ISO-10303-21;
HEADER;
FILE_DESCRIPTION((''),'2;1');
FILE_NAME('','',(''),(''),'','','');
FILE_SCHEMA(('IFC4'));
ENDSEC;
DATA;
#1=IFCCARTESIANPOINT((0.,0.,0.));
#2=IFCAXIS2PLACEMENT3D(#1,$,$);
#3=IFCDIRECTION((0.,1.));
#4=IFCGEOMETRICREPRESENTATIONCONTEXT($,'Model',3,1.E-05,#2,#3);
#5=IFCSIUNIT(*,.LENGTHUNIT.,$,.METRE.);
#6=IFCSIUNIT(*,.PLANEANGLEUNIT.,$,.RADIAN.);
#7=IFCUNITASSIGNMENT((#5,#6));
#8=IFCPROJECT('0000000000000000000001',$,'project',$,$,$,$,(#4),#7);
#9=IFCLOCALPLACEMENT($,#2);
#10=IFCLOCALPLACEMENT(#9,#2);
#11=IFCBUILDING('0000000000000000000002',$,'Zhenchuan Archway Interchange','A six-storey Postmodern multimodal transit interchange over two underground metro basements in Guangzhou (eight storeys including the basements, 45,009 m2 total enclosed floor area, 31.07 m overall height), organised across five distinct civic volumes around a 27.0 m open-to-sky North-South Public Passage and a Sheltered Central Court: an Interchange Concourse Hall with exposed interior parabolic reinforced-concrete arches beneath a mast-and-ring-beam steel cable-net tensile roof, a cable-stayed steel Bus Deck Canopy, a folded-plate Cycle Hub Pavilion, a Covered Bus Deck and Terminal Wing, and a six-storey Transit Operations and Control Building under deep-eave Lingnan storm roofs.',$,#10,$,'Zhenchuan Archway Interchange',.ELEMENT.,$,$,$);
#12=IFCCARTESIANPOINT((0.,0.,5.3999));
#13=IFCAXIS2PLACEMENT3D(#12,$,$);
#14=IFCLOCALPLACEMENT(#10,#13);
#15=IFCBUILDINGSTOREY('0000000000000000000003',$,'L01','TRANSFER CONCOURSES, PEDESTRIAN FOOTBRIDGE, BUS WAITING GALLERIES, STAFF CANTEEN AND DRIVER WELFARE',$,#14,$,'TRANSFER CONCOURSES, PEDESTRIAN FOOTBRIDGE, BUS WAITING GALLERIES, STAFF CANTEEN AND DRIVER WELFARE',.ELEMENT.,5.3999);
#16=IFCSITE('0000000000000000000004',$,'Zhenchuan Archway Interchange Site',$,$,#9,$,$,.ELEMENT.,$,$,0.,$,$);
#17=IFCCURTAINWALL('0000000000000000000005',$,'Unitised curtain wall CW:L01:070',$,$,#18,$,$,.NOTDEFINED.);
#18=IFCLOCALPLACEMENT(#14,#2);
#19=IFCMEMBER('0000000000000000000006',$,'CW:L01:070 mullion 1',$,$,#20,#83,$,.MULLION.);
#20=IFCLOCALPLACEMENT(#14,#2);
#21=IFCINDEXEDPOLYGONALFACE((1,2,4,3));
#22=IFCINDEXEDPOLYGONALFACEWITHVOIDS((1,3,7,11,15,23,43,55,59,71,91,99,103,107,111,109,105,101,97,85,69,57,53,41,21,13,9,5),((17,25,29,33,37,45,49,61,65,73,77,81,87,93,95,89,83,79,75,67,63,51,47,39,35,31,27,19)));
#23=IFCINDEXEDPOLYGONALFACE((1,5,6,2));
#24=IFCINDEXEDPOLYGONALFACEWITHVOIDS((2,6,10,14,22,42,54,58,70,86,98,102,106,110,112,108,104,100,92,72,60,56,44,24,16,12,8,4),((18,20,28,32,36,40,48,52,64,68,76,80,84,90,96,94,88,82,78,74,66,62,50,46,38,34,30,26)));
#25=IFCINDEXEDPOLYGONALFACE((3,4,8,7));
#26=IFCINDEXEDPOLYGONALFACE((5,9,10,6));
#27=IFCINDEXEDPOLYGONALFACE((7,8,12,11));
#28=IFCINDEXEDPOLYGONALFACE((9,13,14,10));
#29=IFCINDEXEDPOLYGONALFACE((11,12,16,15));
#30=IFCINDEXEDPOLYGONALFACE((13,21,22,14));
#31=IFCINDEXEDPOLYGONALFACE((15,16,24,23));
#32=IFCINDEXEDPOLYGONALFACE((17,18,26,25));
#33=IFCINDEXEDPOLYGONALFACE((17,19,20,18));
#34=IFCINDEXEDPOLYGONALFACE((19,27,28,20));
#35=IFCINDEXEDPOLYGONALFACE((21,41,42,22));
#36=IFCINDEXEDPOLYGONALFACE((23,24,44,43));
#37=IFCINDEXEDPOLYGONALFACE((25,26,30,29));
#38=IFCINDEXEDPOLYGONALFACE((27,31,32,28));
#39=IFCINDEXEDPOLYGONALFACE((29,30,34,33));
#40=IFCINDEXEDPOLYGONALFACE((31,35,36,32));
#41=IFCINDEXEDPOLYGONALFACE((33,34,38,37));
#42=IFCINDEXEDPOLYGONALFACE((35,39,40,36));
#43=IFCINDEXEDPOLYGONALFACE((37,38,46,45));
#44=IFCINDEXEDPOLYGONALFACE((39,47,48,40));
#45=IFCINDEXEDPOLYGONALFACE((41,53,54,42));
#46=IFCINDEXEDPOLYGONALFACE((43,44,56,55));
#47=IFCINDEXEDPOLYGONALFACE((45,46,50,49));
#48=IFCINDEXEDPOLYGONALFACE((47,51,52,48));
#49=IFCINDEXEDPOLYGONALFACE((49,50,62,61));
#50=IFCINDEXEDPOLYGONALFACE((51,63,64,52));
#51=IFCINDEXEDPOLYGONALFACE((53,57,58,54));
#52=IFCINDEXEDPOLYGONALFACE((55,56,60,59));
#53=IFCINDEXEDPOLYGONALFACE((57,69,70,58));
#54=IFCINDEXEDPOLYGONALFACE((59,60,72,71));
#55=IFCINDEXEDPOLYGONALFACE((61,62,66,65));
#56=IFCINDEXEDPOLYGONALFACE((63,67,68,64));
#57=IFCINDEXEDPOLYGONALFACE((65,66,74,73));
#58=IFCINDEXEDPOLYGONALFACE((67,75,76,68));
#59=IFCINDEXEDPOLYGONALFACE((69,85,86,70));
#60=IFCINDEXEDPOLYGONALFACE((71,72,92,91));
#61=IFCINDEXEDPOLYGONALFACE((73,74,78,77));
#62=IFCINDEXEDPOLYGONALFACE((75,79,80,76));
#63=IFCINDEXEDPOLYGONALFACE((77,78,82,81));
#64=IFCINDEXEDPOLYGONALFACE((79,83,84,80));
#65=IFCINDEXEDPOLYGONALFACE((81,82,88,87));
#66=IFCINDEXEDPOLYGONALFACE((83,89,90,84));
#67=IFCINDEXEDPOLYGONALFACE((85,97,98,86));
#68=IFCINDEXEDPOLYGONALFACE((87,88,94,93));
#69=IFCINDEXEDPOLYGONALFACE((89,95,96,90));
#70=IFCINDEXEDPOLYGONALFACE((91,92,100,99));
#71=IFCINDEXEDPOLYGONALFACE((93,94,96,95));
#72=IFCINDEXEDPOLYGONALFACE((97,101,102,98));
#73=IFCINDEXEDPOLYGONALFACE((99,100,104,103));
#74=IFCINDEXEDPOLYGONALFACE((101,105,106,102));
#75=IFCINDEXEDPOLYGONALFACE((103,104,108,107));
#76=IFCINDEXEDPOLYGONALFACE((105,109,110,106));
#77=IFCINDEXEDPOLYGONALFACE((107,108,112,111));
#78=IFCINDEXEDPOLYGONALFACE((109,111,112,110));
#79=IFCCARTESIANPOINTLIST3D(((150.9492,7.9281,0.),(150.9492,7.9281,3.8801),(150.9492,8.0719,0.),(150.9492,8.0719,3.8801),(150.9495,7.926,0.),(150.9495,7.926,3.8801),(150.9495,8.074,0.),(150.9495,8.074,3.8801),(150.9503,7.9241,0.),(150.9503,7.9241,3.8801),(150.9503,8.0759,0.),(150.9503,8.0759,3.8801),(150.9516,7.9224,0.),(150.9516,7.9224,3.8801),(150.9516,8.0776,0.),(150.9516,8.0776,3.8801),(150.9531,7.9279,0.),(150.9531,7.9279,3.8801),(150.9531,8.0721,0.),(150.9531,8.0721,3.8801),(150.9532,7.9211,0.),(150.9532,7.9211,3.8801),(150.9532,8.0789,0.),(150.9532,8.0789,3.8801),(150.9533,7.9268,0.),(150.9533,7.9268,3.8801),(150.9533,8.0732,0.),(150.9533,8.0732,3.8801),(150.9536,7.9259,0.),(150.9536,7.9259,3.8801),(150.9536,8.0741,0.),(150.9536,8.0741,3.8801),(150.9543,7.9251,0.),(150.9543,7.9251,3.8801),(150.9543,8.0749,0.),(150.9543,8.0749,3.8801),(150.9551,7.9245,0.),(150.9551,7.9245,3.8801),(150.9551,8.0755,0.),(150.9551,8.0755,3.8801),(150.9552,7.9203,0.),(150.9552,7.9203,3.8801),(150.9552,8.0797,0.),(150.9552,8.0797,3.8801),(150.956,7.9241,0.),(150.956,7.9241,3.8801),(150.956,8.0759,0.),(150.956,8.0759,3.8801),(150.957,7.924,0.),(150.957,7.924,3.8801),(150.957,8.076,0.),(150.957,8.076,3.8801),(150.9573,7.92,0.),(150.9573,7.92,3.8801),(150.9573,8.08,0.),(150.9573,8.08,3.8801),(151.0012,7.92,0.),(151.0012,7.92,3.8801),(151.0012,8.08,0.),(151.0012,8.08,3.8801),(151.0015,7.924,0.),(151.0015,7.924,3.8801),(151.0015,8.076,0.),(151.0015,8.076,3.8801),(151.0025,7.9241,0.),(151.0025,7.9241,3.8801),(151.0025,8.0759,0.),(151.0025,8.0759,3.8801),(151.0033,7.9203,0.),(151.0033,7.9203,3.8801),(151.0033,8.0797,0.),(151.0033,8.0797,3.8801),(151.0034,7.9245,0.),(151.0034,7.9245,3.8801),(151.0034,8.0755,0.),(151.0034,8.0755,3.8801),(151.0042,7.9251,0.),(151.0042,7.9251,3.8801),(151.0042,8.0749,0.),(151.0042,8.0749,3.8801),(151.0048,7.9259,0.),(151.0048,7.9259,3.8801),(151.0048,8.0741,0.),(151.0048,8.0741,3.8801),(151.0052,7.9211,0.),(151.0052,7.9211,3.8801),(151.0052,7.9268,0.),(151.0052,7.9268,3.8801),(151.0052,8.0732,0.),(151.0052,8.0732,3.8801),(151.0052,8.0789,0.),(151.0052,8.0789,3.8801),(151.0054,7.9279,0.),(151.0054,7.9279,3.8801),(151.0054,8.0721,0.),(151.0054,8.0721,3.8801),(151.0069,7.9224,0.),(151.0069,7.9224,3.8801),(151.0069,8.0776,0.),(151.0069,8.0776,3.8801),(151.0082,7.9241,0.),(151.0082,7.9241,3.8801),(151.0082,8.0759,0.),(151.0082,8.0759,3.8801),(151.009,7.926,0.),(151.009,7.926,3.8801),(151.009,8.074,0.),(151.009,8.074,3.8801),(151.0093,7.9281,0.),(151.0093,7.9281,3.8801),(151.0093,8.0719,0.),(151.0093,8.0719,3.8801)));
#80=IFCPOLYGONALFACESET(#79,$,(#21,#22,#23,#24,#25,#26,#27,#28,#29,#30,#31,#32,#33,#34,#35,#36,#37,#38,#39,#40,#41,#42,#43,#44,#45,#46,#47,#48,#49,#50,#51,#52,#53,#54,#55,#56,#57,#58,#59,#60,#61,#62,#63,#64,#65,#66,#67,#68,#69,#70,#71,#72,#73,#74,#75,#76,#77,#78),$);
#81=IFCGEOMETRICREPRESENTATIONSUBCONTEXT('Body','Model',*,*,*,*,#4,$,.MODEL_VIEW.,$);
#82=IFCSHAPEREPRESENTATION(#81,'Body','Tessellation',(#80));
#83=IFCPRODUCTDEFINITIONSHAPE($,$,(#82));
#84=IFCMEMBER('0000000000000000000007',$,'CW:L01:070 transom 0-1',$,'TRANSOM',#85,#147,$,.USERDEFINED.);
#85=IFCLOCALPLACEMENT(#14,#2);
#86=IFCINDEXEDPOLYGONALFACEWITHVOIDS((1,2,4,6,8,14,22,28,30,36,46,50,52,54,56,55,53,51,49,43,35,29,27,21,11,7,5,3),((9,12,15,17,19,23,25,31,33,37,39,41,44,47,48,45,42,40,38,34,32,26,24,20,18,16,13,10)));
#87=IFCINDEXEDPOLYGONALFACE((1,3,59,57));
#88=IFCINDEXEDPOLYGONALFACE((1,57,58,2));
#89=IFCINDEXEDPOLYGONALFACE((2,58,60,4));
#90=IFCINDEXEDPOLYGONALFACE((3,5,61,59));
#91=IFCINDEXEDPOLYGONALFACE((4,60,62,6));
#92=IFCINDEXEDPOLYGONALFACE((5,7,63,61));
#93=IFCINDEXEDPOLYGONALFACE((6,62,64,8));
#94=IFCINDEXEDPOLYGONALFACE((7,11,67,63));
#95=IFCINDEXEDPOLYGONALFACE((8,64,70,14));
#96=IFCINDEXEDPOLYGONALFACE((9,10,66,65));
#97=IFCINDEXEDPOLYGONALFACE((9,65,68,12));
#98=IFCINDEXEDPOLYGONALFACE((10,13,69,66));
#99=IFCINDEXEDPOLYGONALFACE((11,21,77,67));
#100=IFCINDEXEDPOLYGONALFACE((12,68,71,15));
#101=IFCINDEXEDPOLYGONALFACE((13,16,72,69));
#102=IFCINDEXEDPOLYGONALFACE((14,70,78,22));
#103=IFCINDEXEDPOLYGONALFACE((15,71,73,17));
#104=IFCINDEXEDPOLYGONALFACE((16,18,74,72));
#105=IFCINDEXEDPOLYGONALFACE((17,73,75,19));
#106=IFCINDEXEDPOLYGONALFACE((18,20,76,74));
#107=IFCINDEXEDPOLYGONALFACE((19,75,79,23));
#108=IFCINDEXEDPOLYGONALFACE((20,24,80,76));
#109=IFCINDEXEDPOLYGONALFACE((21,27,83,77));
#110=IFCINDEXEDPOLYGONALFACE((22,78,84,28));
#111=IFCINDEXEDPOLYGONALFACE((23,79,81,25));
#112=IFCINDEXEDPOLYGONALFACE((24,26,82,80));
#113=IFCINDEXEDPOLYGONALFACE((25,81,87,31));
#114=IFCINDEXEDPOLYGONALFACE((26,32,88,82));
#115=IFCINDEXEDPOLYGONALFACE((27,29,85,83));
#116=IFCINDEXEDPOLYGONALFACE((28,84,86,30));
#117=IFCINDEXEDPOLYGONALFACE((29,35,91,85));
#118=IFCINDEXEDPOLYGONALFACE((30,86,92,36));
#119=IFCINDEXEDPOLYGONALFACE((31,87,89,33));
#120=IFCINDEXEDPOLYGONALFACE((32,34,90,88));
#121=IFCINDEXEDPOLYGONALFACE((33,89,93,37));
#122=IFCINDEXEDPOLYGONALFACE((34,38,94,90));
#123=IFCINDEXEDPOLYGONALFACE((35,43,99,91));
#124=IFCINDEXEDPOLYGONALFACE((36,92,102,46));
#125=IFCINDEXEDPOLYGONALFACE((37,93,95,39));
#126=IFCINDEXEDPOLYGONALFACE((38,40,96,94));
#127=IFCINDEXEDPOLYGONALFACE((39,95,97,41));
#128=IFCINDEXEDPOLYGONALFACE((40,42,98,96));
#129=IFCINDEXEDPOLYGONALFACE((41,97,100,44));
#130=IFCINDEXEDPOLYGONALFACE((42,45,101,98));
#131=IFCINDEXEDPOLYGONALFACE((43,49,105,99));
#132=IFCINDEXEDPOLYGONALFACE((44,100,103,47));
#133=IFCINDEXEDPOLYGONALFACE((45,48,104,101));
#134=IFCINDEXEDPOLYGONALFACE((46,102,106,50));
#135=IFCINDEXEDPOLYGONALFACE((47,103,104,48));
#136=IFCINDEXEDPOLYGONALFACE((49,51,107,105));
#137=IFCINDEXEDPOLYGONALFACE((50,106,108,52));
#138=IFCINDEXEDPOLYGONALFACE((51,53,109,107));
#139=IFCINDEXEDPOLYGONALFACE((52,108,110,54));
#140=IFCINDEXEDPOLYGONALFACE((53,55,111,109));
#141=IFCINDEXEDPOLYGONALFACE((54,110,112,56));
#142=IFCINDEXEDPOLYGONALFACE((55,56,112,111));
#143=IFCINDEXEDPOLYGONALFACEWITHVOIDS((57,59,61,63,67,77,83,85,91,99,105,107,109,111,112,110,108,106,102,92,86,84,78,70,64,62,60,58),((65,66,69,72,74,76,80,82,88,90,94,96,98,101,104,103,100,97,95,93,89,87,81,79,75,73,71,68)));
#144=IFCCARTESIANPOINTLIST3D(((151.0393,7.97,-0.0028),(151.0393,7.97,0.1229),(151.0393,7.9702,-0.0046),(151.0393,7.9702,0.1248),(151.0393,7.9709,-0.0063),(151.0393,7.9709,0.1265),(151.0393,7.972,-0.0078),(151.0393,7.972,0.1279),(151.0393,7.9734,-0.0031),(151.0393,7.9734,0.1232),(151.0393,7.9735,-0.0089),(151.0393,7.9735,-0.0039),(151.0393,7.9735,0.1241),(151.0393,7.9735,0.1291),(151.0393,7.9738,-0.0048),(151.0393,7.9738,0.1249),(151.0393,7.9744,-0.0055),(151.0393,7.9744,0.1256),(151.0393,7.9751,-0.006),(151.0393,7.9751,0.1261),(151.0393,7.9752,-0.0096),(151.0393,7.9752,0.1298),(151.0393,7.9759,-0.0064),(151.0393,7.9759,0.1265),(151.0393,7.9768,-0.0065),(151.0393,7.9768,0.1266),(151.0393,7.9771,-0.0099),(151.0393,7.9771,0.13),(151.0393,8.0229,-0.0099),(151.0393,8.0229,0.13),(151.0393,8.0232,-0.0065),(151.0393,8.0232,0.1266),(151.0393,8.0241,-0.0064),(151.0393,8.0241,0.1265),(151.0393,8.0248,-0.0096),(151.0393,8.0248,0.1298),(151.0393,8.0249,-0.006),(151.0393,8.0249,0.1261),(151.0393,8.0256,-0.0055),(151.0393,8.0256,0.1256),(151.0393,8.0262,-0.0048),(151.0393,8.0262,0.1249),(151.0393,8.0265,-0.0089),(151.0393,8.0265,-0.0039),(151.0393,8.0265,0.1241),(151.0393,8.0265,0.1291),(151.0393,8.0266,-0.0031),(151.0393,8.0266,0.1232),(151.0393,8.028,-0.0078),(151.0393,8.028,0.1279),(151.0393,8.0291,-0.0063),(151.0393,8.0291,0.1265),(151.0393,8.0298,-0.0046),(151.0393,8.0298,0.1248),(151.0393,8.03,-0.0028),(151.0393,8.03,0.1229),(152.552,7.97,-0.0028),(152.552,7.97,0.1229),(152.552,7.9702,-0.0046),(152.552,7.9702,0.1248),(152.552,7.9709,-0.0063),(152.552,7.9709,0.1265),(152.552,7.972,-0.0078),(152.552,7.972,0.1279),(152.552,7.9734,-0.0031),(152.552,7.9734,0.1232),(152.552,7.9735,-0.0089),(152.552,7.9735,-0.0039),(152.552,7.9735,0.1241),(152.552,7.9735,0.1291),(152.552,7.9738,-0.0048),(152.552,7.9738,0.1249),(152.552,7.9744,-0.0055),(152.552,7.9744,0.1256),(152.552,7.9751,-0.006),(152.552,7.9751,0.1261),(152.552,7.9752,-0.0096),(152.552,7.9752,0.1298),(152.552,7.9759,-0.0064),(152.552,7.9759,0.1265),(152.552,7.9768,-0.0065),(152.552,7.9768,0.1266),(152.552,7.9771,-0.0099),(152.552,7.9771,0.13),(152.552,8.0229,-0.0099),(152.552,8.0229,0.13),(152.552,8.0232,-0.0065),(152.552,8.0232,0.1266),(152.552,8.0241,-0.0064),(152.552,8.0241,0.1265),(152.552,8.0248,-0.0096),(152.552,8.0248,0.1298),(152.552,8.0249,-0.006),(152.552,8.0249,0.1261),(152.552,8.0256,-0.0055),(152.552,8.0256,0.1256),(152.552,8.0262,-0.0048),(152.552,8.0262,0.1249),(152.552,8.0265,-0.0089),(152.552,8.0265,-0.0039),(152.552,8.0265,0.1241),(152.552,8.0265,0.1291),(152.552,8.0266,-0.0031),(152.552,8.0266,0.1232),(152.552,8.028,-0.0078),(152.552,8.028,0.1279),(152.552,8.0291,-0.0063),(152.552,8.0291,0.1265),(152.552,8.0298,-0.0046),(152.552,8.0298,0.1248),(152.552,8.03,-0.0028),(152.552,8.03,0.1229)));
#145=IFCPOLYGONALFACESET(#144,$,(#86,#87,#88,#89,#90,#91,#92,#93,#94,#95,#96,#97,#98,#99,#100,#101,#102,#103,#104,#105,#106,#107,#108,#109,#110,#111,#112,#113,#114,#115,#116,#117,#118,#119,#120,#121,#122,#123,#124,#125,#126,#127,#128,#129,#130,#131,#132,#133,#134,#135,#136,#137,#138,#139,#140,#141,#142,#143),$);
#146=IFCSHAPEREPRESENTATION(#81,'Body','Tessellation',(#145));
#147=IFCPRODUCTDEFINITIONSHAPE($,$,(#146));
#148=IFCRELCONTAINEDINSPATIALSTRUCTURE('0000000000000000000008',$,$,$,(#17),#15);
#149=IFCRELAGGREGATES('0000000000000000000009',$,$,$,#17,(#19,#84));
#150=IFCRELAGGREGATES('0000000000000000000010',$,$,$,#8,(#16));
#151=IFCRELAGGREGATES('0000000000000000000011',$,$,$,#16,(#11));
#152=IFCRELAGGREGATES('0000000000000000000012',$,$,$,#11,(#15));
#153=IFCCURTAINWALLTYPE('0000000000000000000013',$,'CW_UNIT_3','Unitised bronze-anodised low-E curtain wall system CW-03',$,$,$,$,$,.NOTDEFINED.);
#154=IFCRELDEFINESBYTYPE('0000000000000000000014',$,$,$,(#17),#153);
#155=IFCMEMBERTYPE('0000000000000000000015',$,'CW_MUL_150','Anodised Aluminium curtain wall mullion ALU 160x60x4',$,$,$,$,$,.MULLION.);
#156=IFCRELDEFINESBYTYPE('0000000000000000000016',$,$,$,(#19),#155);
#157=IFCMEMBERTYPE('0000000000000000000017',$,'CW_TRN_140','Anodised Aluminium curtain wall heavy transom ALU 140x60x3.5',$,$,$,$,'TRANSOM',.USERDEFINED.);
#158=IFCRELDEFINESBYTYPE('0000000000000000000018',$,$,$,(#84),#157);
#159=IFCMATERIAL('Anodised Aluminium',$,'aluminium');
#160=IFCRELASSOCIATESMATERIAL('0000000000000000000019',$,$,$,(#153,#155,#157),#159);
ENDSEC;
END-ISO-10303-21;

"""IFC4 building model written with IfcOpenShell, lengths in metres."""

from ifc_helpers import new_model, si_unit, direction, frame, origin, origin_2d, place, context, subcontext, project, spatial, hollow_rectangle, extrude, material, material_profile, profile_set, type_object, element, aggregate, save


model = new_model("IFC4")

# Units and contexts
model_context = context("Model", 3, precision=1e-05, world=origin(), true_north=direction((0.0, 1.0)))
body_context = subcontext(model_context, "Body", "Model", "MODEL_VIEW")
ifc_project = project(units=[si_unit("LENGTHUNIT", "METRE"), si_unit("PLANEANGLEUNIT", "RADIAN")], contexts=[model_context])

# Site, building, storey
site_placement = place(None, origin())
site = spatial("IfcSite", under=ifc_project, at=site_placement, Name="Zhenchuan Archway Interchange Site", CompositionType="ELEMENT", RefElevation=0.0)
building_placement = place(site_placement, origin())
building = spatial("IfcBuilding", under=site, at=building_placement, Name="Zhenchuan Archway Interchange", Description="A six-storey Postmodern multimodal transit interchange over two underground metro basements in Guangzhou (eight storeys including the basements, 45,009 m2 total enclosed floor area, 31.07 m overall height), organised across five distinct civic volumes around a 27.0 m open-to-sky North-South Public Passage and a Sheltered Central Court: an Interchange Concourse Hall with exposed interior parabolic reinforced-concrete arches beneath a mast-and-ring-beam steel cable-net tensile roof, a cable-stayed steel Bus Deck Canopy, a folded-plate Cycle Hub Pavilion, a Covered Bus Deck and Terminal Wing, and a six-storey Transit Operations and Control Building under deep-eave Lingnan storm roofs.", LongName="Zhenchuan Archway Interchange", CompositionType="ELEMENT")
storey_placement = place(building_placement, frame((0.0, 0.0, 5.3999)))
storey = spatial("IfcBuildingStorey", under=building, at=storey_placement, Name="L01", Description="TRANSFER CONCOURSES, PEDESTRIAN FOOTBRIDGE, BUS WAITING GALLERIES, STAFF CANTEEN AND DRIVER WELFARE", LongName="TRANSFER CONCOURSES, PEDESTRIAN FOOTBRIDGE, BUS WAITING GALLERIES, STAFF CANTEEN AND DRIVER WELFARE", CompositionType="ELEMENT", Elevation=5.3999)

# Curtain wall, members
ifc_material_1 = material(Name="Anodised Aluminium", Category="aluminium")
curtain_wall_type = type_object("IfcCurtainWallType", Name="CW_UNIT_3", Description="Unitised bronze-anodised low-E curtain wall system CW-03", PredefinedType="NOTDEFINED", material=ifc_material_1)
curtain_wall_placement = place(storey_placement, origin())
curtain_wall = element("IfcCurtainWall", 1, at=curtain_wall_placement, inside=storey, type_object=curtain_wall_type, Name="Unitised curtain wall CW:L01:070", PredefinedType="NOTDEFINED")
ifc_material_profile_1 = material_profile(ifc_material_1, hollow_rectangle(XDim=0.0601, YDim=0.1599, WallThickness=0.0039, InnerFilletRadius=0.0039, OuterFilletRadius=0.0081, at=origin_2d()), Name="ALU 160x60x4")
ifc_profile_set_1 = profile_set([ifc_material_profile_1], Name="Anodised Aluminium")
member_type_1 = type_object("IfcMemberType", Name="CW_MUL_150", Description="Anodised Aluminium curtain wall mullion ALU 160x60x4", PredefinedType="MULLION", material=ifc_profile_set_1)
member_1_placement = place(storey_placement, frame((150.9792, 8.0, 0.0), z_axis=(0.0, 0.0, 1.0), x_axis=(1.0, 0.0, 0.0)))
member_1 = element("IfcMember", 2, at=member_1_placement, type_object=member_type_1, Name="CW:L01:070 mullion 1", PredefinedType="MULLION", context=body_context, shape_type="SweptSolid", body=[
    extrude(hollow_rectangle(XDim=0.0601, YDim=0.1599, WallThickness=0.0039, InnerFilletRadius=0.0039, OuterFilletRadius=0.0081, at=origin_2d()), origin(), (0.0, 0.0, 1.0), 3.8801),
])
ifc_material_profile_2 = material_profile(ifc_material_1, hollow_rectangle(XDim=0.0601, YDim=0.1399, WallThickness=0.0034, InnerFilletRadius=0.0034, OuterFilletRadius=0.0071, at=origin_2d()), Name="ALU 140x60x3.5")
ifc_profile_set_2 = profile_set([ifc_material_profile_2], Name="Anodised Aluminium")
member_type_2 = type_object("IfcMemberType", Name="CW_TRN_140", Description="Anodised Aluminium curtain wall heavy transom ALU 140x60x3.5", ElementType="TRANSOM", PredefinedType="USERDEFINED", material=ifc_profile_set_2)
member_2_placement = place(storey_placement, frame((152.552, 8.0, 0.0601), z_axis=(-1.0, 0.0, 0.0), x_axis=(0.0, -1.0, 0.0)))
member_2 = element("IfcMember", 3, at=member_2_placement, type_object=member_type_2, Name="CW:L01:070 transom 0-1", ObjectType="TRANSOM", PredefinedType="USERDEFINED", context=body_context, shape_type="SweptSolid", body=[
    extrude(hollow_rectangle(XDim=0.0601, YDim=0.1399, WallThickness=0.0034, InnerFilletRadius=0.0034, OuterFilletRadius=0.0071, at=origin_2d()), origin(), (0.0, 0.0, 1.0), 1.5127),
])

aggregate(curtain_wall, [member_1, member_2])

save(model, "model.ifc")
